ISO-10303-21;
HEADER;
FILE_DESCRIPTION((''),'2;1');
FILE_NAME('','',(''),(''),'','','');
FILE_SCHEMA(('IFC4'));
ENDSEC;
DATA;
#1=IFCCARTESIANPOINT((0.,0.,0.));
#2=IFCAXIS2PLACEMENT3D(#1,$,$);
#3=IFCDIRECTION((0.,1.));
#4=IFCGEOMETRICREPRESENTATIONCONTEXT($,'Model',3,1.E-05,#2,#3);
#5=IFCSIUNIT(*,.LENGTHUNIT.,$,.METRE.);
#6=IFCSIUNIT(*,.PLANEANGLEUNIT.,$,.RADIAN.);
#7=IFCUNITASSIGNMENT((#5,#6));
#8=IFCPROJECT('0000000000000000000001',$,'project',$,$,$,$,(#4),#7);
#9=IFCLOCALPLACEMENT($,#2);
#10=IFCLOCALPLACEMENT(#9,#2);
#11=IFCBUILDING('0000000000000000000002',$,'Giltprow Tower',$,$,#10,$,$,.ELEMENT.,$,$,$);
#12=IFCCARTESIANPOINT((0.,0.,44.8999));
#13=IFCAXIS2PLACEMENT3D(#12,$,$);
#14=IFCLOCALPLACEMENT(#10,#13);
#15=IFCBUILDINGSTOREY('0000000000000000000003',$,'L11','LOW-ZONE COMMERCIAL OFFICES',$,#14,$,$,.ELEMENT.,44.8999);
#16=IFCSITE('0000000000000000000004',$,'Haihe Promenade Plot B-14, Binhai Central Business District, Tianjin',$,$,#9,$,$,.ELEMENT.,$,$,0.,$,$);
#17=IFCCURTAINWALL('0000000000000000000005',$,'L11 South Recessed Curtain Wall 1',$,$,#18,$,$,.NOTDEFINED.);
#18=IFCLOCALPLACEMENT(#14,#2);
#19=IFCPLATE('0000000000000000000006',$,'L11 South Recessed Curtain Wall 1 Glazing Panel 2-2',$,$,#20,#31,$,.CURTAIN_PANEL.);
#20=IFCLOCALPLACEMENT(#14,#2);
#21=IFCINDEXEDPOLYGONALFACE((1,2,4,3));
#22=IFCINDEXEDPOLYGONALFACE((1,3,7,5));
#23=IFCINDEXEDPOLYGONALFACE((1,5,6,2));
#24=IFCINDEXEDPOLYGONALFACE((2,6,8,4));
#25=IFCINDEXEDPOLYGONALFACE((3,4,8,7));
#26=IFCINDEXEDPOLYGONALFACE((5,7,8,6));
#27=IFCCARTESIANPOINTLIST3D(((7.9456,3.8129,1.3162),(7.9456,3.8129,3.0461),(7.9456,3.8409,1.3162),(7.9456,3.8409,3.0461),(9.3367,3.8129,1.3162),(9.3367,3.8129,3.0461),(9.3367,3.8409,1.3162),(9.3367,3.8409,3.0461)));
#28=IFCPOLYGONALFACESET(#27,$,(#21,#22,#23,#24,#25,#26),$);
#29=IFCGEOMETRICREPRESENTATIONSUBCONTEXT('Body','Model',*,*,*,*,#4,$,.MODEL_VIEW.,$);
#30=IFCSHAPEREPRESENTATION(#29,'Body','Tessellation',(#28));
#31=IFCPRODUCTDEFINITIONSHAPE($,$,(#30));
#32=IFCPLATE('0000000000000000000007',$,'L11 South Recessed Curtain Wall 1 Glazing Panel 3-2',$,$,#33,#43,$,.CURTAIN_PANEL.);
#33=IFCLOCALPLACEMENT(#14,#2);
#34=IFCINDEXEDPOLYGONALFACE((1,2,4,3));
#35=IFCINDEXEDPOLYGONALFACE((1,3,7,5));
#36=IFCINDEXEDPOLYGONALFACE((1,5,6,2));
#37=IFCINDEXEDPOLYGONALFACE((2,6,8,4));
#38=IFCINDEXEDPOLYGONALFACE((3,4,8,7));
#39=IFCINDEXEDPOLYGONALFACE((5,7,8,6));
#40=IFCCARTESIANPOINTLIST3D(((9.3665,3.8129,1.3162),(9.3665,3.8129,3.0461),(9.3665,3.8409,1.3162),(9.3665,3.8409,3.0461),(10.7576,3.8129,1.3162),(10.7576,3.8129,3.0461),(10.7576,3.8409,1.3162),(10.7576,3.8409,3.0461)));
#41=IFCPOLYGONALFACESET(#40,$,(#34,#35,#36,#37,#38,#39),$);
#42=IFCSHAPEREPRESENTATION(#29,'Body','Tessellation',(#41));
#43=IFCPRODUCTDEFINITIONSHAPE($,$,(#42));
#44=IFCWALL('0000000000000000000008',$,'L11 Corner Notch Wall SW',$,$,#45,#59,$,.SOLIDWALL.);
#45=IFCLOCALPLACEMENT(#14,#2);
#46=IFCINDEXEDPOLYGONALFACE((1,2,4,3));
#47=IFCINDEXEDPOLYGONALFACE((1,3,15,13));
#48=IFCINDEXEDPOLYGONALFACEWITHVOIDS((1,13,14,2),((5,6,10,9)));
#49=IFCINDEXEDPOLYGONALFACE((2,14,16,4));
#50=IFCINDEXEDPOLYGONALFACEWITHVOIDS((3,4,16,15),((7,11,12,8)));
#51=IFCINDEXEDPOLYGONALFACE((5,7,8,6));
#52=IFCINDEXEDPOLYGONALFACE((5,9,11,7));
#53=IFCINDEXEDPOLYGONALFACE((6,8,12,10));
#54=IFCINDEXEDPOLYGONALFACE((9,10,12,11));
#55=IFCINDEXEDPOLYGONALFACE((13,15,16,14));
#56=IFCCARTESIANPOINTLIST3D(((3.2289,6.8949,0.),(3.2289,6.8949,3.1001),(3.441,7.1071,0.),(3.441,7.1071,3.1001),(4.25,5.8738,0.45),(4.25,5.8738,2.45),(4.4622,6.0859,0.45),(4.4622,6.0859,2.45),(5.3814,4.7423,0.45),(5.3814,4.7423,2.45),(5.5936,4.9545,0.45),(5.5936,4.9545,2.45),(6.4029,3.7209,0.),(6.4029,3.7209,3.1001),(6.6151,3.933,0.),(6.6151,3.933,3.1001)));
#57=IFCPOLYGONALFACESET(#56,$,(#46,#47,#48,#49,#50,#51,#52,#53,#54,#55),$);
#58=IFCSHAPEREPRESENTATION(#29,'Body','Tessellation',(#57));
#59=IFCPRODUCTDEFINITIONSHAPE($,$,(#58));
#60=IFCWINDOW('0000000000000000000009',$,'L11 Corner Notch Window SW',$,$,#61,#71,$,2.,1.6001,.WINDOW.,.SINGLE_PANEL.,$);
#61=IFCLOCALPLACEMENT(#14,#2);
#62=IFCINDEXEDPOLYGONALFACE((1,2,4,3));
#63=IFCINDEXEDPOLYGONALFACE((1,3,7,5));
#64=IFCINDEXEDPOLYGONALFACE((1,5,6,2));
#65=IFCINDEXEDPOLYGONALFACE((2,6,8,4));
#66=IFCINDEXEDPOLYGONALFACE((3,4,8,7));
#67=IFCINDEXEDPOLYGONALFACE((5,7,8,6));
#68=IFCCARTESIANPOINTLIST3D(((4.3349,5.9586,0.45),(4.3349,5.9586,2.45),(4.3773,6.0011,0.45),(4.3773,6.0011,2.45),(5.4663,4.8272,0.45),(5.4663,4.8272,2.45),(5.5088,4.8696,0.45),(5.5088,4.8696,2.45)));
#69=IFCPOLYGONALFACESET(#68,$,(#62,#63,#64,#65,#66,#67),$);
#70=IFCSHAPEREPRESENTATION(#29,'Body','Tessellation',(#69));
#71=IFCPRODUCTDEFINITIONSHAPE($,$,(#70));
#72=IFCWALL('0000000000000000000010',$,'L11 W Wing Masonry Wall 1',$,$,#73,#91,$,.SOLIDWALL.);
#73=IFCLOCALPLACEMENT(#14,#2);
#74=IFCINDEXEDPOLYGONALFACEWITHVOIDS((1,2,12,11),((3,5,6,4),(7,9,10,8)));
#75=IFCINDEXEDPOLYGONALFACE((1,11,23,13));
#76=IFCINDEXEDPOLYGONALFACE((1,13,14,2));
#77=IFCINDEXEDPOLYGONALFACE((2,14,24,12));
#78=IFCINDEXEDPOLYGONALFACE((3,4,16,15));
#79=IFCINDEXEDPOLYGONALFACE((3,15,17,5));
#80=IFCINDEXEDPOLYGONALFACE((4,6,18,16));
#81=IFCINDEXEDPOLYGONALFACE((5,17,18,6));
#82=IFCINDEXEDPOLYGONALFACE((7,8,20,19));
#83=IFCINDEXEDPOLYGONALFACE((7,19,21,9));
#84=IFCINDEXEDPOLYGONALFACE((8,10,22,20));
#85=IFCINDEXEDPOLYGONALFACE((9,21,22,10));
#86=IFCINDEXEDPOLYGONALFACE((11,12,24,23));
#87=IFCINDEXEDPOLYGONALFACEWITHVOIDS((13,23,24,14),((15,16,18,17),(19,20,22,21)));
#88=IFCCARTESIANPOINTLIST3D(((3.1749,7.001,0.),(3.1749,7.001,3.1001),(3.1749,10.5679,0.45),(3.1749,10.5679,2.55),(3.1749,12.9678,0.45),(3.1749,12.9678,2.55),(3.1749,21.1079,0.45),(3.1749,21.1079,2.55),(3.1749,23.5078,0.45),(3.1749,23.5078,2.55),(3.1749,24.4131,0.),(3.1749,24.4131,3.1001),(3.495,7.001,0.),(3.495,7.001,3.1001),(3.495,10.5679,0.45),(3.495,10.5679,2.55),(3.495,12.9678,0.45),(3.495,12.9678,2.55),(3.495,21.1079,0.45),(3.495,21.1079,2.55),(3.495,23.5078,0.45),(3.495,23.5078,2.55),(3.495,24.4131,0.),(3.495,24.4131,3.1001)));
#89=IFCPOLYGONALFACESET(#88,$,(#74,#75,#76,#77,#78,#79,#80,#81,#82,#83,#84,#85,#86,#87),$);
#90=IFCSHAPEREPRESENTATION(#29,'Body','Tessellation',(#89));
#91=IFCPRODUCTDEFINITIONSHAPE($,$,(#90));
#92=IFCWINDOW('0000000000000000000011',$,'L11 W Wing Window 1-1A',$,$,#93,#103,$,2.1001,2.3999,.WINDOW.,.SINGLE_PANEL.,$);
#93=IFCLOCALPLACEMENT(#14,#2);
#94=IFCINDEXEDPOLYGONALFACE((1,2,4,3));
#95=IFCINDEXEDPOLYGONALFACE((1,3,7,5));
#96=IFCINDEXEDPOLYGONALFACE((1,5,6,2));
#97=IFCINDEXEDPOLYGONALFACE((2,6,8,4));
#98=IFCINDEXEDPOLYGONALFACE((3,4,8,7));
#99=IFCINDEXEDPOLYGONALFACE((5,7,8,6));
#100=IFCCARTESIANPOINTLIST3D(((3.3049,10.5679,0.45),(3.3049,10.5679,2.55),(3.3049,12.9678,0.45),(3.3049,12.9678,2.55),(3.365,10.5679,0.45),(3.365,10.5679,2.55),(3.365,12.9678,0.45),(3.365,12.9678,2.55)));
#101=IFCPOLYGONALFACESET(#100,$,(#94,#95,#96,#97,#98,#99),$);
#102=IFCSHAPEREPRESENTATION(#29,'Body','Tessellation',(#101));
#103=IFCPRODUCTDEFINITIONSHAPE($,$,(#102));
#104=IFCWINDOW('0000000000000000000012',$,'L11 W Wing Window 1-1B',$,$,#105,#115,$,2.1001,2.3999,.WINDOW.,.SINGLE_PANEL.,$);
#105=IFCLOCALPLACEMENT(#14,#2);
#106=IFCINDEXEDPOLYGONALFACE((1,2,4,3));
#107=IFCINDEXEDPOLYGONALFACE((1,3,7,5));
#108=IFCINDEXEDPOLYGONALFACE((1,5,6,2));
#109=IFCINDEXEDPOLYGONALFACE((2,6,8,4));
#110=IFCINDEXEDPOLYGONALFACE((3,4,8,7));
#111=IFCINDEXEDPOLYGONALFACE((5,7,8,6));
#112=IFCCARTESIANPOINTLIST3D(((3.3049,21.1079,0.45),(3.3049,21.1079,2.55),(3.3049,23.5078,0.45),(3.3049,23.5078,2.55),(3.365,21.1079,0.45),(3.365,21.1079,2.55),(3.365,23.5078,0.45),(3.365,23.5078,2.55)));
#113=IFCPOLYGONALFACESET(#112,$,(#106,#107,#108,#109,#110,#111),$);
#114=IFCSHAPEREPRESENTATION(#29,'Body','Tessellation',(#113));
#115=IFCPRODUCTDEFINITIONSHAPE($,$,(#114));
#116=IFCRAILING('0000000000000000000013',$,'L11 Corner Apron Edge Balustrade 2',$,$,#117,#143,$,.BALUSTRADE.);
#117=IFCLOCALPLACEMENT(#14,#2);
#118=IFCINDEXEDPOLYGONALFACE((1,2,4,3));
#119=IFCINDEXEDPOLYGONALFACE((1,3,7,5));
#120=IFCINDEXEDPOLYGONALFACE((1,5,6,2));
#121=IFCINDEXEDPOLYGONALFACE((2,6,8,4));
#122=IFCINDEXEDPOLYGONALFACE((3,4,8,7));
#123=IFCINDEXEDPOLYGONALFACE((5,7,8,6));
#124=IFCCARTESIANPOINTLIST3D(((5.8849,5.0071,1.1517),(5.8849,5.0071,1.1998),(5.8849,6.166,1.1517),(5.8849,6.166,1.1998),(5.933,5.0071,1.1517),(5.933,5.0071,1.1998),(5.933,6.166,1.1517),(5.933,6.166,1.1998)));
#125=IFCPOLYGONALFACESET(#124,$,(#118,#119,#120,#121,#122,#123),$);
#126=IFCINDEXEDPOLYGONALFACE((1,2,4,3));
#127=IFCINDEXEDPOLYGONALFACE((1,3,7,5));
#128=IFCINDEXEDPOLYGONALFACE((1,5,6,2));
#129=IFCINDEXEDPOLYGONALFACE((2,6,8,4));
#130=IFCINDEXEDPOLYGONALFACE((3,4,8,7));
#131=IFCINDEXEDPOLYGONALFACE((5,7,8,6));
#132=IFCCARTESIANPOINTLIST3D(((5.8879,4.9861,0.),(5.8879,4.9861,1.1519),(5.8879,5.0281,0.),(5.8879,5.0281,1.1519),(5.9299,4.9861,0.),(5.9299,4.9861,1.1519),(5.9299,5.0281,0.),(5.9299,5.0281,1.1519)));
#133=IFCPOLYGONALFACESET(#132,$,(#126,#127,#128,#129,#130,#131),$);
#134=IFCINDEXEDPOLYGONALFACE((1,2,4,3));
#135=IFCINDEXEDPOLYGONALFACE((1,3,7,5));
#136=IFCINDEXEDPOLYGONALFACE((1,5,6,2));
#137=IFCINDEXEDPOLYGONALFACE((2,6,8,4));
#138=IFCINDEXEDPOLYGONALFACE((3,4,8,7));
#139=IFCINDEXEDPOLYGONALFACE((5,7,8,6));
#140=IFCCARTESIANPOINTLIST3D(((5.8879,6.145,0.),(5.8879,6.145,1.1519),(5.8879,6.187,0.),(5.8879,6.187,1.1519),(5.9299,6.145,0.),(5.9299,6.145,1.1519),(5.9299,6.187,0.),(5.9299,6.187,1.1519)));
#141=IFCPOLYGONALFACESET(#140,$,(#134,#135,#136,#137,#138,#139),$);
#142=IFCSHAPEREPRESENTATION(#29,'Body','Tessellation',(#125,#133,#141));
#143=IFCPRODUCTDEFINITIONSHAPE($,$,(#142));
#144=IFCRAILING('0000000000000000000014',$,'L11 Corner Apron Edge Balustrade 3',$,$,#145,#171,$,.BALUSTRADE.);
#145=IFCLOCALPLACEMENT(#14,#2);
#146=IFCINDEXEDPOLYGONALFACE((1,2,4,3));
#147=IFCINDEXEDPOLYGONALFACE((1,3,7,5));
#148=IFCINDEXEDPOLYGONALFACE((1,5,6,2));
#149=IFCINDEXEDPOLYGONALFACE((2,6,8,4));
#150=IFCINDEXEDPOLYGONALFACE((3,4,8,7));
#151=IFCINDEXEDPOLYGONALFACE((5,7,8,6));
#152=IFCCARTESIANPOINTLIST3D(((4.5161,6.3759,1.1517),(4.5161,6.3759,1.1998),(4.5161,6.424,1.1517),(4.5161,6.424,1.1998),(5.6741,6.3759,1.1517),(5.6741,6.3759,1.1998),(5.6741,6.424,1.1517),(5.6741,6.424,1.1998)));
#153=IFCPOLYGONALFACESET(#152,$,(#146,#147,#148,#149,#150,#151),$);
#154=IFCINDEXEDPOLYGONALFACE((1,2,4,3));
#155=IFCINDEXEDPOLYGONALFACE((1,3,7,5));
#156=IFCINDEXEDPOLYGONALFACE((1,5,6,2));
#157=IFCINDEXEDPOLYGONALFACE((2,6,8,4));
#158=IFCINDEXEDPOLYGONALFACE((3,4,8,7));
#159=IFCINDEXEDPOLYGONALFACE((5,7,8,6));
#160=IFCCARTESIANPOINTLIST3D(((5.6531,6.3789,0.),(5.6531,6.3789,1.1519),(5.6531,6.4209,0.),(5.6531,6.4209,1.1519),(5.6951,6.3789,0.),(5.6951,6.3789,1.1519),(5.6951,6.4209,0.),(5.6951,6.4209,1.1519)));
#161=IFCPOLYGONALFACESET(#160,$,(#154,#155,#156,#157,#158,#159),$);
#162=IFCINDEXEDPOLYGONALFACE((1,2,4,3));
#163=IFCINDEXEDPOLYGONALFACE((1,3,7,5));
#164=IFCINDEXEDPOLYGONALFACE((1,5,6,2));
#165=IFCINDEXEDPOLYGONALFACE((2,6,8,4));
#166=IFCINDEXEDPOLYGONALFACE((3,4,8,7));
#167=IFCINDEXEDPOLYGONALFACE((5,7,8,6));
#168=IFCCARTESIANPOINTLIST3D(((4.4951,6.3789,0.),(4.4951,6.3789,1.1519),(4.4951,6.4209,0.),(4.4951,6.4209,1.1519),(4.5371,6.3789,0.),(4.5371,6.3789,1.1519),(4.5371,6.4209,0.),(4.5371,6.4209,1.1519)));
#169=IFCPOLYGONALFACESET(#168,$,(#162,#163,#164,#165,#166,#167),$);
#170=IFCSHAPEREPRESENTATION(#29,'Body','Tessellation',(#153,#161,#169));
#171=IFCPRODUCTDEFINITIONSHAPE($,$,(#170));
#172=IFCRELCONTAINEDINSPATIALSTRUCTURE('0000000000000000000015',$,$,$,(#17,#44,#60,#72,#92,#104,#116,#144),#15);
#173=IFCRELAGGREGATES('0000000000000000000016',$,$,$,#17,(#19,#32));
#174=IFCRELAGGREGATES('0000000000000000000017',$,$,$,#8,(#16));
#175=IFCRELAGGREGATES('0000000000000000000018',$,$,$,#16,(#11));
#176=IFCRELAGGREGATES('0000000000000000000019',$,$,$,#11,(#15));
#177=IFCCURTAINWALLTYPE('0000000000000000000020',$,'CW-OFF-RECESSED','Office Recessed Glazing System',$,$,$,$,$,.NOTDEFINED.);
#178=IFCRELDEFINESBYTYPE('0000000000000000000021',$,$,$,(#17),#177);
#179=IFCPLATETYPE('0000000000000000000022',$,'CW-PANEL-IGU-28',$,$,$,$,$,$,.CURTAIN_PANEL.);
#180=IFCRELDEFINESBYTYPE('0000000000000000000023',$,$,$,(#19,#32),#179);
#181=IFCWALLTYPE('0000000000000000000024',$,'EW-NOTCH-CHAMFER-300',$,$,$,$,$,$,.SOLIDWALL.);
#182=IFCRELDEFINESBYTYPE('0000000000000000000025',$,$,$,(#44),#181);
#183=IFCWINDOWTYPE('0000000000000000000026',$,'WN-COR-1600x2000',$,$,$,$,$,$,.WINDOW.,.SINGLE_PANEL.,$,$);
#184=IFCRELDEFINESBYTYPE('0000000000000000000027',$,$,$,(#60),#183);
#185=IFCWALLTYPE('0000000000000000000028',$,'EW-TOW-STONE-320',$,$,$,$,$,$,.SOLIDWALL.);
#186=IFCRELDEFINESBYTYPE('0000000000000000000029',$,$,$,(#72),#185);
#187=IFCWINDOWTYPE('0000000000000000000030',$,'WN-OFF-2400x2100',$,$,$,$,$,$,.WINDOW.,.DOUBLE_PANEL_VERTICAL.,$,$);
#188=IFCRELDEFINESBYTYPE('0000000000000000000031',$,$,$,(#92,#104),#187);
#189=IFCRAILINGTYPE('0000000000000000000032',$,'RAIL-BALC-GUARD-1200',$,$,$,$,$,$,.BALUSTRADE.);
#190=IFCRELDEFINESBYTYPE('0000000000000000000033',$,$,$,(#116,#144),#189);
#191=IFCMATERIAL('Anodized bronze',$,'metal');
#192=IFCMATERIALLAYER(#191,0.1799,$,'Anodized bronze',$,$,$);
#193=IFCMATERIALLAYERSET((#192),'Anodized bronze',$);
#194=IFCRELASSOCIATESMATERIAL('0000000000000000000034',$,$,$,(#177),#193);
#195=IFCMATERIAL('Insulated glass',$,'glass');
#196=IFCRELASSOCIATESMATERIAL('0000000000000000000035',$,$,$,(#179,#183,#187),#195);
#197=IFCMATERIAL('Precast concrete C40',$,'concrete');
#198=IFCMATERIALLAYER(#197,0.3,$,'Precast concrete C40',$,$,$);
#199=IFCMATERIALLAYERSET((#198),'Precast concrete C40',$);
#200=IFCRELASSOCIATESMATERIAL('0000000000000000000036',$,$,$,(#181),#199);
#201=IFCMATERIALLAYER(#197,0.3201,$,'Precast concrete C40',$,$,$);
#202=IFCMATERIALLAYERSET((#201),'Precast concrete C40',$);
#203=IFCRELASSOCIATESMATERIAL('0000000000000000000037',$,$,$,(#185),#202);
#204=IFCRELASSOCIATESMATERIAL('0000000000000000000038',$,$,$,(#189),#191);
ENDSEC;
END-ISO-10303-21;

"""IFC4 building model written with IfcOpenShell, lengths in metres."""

from ifc_helpers import new_model, si_unit, direction, frame, frame_2d, origin, origin_2d, place, context, subcontext, project, spatial, rectangle, extrude, source, transform, mapped, material, layer, layer_set, type_object, element, fill, aggregate, save


model = new_model("IFC4")

# Units and contexts
model_context = context("Model", 3, precision=1e-05, world=origin(), true_north=direction((0.0, 1.0)))
body_context = subcontext(model_context, "Body", "Model", "MODEL_VIEW")
ifc_project = project(units=[si_unit("LENGTHUNIT", "METRE"), si_unit("PLANEANGLEUNIT", "RADIAN")], contexts=[model_context])

# Site, building, storey
site_placement = place(None, origin())
site = spatial("IfcSite", under=ifc_project, at=site_placement, Name="Haihe Promenade Plot B-14, Binhai Central Business District, Tianjin", CompositionType="ELEMENT", RefElevation=0.0)
building_placement = place(site_placement, origin())
building = spatial("IfcBuilding", under=site, at=building_placement, Name="Giltprow Tower", CompositionType="ELEMENT")
storey_placement = place(building_placement, frame((0.0, 0.0, 44.8999)))
storey = spatial("IfcBuildingStorey", under=building, at=storey_placement, Name="L11", Description="LOW-ZONE COMMERCIAL OFFICES", CompositionType="ELEMENT", Elevation=44.8999)

# Curtain wall
ifc_material_1 = material(Name="Anodized bronze", Category="metal")
ifc_layer_1 = layer(ifc_material_1, 0.1799, Name="Anodized bronze")
ifc_layer_set_1 = layer_set([ifc_layer_1], Name="Anodized bronze")
curtain_wall_type = type_object("IfcCurtainWallType", Name="CW-OFF-RECESSED", Description="Office Recessed Glazing System", PredefinedType="NOTDEFINED", material=ifc_layer_set_1)
curtain_wall_placement = place(storey_placement, origin())
curtain_wall = element("IfcCurtainWall", 1, at=curtain_wall_placement, inside=storey, type_object=curtain_wall_type, Name="L11 South Recessed Curtain Wall 1", PredefinedType="NOTDEFINED")

# Plates
ifc_material_2 = material(Name="Insulated glass", Category="glass")
plate_type_1 = type_object("IfcPlateType", Name="CW-PANEL-IGU-28", PredefinedType="CURTAIN_PANEL", material=ifc_material_2)
shared_shape_1 = source(origin(), body_context, "Body", "SweptSolid", [
    extrude(rectangle(XDim=1.3911, YDim=0.0281, at=origin_2d()), origin(), (0.0, 0.0, 1.0), 1.73),
])
plate_1_placement = place(storey_placement, frame((8.6411, 3.8269, 1.3162), z_axis=(0.0, 0.0, 1.0), x_axis=(1.0, 0.0, 0.0)))
plate_1 = element("IfcPlate", 2, at=plate_1_placement, type_object=plate_type_1, Name="L11 South Recessed Curtain Wall 1 Glazing Panel 2-2", PredefinedType="CURTAIN_PANEL", context=body_context, shape_type="MappedRepresentation", body=[
    mapped(shared_shape_1, transform((0.0, 0.0, 0.0), x_axis=(1.0, 0.0, 0.0), y_axis=(0.0, 1.0, 0.0), z_axis=(0.0, 0.0, 1.0), scale=1.0)),
])
plate_2_placement = place(storey_placement, frame((10.062, 3.8269, 1.3162), z_axis=(0.0, 0.0, 1.0), x_axis=(1.0, 0.0, 0.0)))
plate_2 = element("IfcPlate", 3, at=plate_2_placement, type_object=plate_type_1, Name="L11 South Recessed Curtain Wall 1 Glazing Panel 3-2", PredefinedType="CURTAIN_PANEL", context=body_context, shape_type="MappedRepresentation", body=[
    mapped(shared_shape_1, transform((0.0, 0.0, 0.0), x_axis=(1.0, 0.0, 0.0), y_axis=(0.0, 1.0, 0.0), z_axis=(0.0, 0.0, 1.0), scale=1.0)),
])
aggregate(curtain_wall, [plate_1, plate_2])

# Wall, opening, window
ifc_material_3 = material(Name="Precast concrete C40", Category="concrete")
ifc_layer_2 = layer(ifc_material_3, 0.3, Name="Precast concrete C40")
ifc_layer_set_2 = layer_set([ifc_layer_2], Name="Precast concrete C40")
wall_type_1 = type_object("IfcWallType", Name="EW-NOTCH-CHAMFER-300", PredefinedType="SOLIDWALL", material=ifc_layer_set_2)
wall_1_placement = place(storey_placement, frame((3.335, 7.001, 0.0), z_axis=(0.0, 0.0, 1.0), x_axis=(0.707107, -0.707107, 0.0)))
wall_1 = element("IfcWall", 4, at=wall_1_placement, inside=storey, type_object=wall_type_1, Name="L11 Corner Notch Wall SW", PredefinedType="SOLIDWALL", context=body_context, shape_type="SweptSolid", body=[
    extrude(rectangle(XDim=4.4888, YDim=0.3, at=frame_2d((2.2444, 0.0))), origin(), (0.0, 0.0, 1.0), 3.1001),
])
opening_1_placement = place(wall_1_placement, frame((1.4441, 0.0, 0.45)))
opening_1 = element("IfcOpeningElement", 5, at=opening_1_placement, cuts=wall_1, PredefinedType="OPENING", context=body_context, shape_type="SweptSolid", body=[
    extrude(rectangle(XDim=1.6001, YDim=2.0, at=frame_2d((0.8, 1.0))), frame((0.0, 0.1599, 0.0), z_axis=(0.0, -1.0, 0.0), x_axis=(1.0, 0.0, 0.0)), (0.0, 0.0, 1.0), 0.3201),
])
window_type_1 = type_object("IfcWindowType", Name="WN-COR-1600x2000", PartitioningType="SINGLE_PANEL", PredefinedType="WINDOW", material=ifc_material_2)
shared_shape_2 = source(origin(), body_context, "Body", "SweptSolid", [
    extrude(rectangle(XDim=1.6001, YDim=2.0, at=frame_2d((0.8, 1.0))), frame((0.0, 0.03, 0.0), z_axis=(0.0, -1.0, 0.0), x_axis=(1.0, 0.0, 0.0)), (0.0, 0.0, 1.0), 0.0601),
])
window_1_placement = place(opening_1_placement, origin())
window_1 = element("IfcWindow", 6, at=window_1_placement, inside=storey, type_object=window_type_1, Name="L11 Corner Notch Window SW", OverallHeight=2.0, OverallWidth=1.6001, PartitioningType="SINGLE_PANEL", PredefinedType="WINDOW", context=body_context, shape_type="MappedRepresentation", body=[
    mapped(shared_shape_2, transform((0.0, 0.0, 0.0), x_axis=(1.0, 0.0, 0.0), y_axis=(0.0, 1.0, 0.0), z_axis=(0.0, 0.0, 1.0), scale=1.0)),
])
fill(opening_1, window_1)

# Wall, openings, windows
ifc_layer_3 = layer(ifc_material_3, 0.3201, Name="Precast concrete C40")
ifc_layer_set_3 = layer_set([ifc_layer_3], Name="Precast concrete C40")
wall_type_2 = type_object("IfcWallType", Name="EW-TOW-STONE-320", PredefinedType="SOLIDWALL", material=ifc_layer_set_3)
wall_2_placement = place(storey_placement, frame((3.335, 7.001, 0.0), z_axis=(0.0, 0.0, 1.0), x_axis=(0.0, 1.0, 0.0)))
wall_2 = element("IfcWall", 7, at=wall_2_placement, inside=storey, type_object=wall_type_2, Name="L11 W Wing Masonry Wall 1", PredefinedType="SOLIDWALL", context=body_context, shape_type="SweptSolid", body=[
    extrude(rectangle(XDim=17.4121, YDim=0.3201, at=frame_2d((8.7061, 0.0))), origin(), (0.0, 0.0, 1.0), 3.1001),
])
opening_2_placement = place(wall_2_placement, frame((3.5669, 0.0, 0.45)))
opening_2 = element("IfcOpeningElement", 8, at=opening_2_placement, cuts=wall_2, PredefinedType="OPENING", context=body_context, shape_type="SweptSolid", body=[
    extrude(rectangle(XDim=2.3999, YDim=2.1001, at=frame_2d((1.2, 1.05))), frame((0.0, 0.1699, 0.0), z_axis=(0.0, -1.0, 0.0), x_axis=(1.0, 0.0, 0.0)), (0.0, 0.0, 1.0), 0.3401),
])
opening_3_placement = place(wall_2_placement, frame((14.1069, 0.0, 0.45)))
opening_3 = element("IfcOpeningElement", 9, at=opening_3_placement, cuts=wall_2, PredefinedType="OPENING", context=body_context, shape_type="SweptSolid", body=[
    extrude(rectangle(XDim=2.3999, YDim=2.1001, at=frame_2d((1.2, 1.05))), frame((0.0, 0.1699, 0.0), z_axis=(0.0, -1.0, 0.0), x_axis=(1.0, 0.0, 0.0)), (0.0, 0.0, 1.0), 0.3401),
])
window_type_2 = type_object("IfcWindowType", Name="WN-OFF-2400x2100", PartitioningType="DOUBLE_PANEL_VERTICAL", PredefinedType="WINDOW", material=ifc_material_2)
shared_shape_3 = source(origin(), body_context, "Body", "SweptSolid", [
    extrude(rectangle(XDim=2.3999, YDim=2.1001, at=frame_2d((1.2, 1.05))), frame((0.0, 0.03, 0.0), z_axis=(0.0, -1.0, 0.0), x_axis=(1.0, 0.0, 0.0)), (0.0, 0.0, 1.0), 0.0601),
])
window_2_placement = place(opening_2_placement, origin())
window_2 = element("IfcWindow", 10, at=window_2_placement, inside=storey, type_object=window_type_2, Name="L11 W Wing Window 1-1A", OverallHeight=2.1001, OverallWidth=2.3999, PartitioningType="SINGLE_PANEL", PredefinedType="WINDOW", context=body_context, shape_type="MappedRepresentation", body=[
    mapped(shared_shape_3, transform((0.0, 0.0, 0.0), x_axis=(1.0, 0.0, 0.0), y_axis=(0.0, 1.0, 0.0), z_axis=(0.0, 0.0, 1.0), scale=1.0)),
])
fill(opening_2, window_2)
window_3_placement = place(opening_3_placement, origin())
window_3 = element("IfcWindow", 11, at=window_3_placement, inside=storey, type_object=window_type_2, Name="L11 W Wing Window 1-1B", OverallHeight=2.1001, OverallWidth=2.3999, PartitioningType="SINGLE_PANEL", PredefinedType="WINDOW", context=body_context, shape_type="MappedRepresentation", body=[
    mapped(shared_shape_3, transform((0.0, 0.0, 0.0), x_axis=(1.0, 0.0, 0.0), y_axis=(0.0, 1.0, 0.0), z_axis=(0.0, 0.0, 1.0), scale=1.0)),
])
fill(opening_3, window_3)

# Railings
railing_type = type_object("IfcRailingType", Name="RAIL-BALC-GUARD-1200", PredefinedType="BALUSTRADE", material=ifc_material_1)
railing_1_placement = place(storey_placement, frame((5.9089, 5.0071, 0.0)))
element("IfcRailing", 12, at=railing_1_placement, inside=storey, type_object=railing_type, Name="L11 Corner Apron Edge Balustrade 2", PredefinedType="BALUSTRADE", context=body_context, shape_type="SweptSolid", body=[
    extrude(rectangle(XDim=0.0481, YDim=0.0481, at=origin_2d()), frame((0.0, 0.0, 1.1758), z_axis=(0.0, 1.0, 0.0), x_axis=(-1.0, 0.0, 0.0)), (0.0, 0.0, 1.0), 1.1589),
    extrude(rectangle(XDim=0.042, YDim=0.042, at=origin_2d()), origin(), (0.0, 0.0, 1.0), 1.1519),
    extrude(rectangle(XDim=0.042, YDim=0.042, at=origin_2d()), frame((0.0, 1.1589, 0.0)), (0.0, 0.0, 1.0), 1.1519),
])
railing_2_placement = place(storey_placement, frame((5.6741, 6.3999, 0.0)))
element("IfcRailing", 13, at=railing_2_placement, inside=storey, type_object=railing_type, Name="L11 Corner Apron Edge Balustrade 3", PredefinedType="BALUSTRADE", context=body_context, shape_type="SweptSolid", body=[
    extrude(rectangle(XDim=0.0481, YDim=0.0481, at=origin_2d()), frame((0.0, 0.0, 1.1758), z_axis=(-1.0, 0.0, 0.0), x_axis=(0.0, -1.0, 0.0)), (0.0, 0.0, 1.0), 1.158),
    extrude(rectangle(XDim=0.042, YDim=0.042, at=origin_2d()), origin(), (0.0, 0.0, 1.0), 1.1519),
    extrude(rectangle(XDim=0.042, YDim=0.042, at=origin_2d()), frame((-1.158, 0.0, 0.0)), (0.0, 0.0, 1.0), 1.1519),
])

save(model, "model.ifc")
